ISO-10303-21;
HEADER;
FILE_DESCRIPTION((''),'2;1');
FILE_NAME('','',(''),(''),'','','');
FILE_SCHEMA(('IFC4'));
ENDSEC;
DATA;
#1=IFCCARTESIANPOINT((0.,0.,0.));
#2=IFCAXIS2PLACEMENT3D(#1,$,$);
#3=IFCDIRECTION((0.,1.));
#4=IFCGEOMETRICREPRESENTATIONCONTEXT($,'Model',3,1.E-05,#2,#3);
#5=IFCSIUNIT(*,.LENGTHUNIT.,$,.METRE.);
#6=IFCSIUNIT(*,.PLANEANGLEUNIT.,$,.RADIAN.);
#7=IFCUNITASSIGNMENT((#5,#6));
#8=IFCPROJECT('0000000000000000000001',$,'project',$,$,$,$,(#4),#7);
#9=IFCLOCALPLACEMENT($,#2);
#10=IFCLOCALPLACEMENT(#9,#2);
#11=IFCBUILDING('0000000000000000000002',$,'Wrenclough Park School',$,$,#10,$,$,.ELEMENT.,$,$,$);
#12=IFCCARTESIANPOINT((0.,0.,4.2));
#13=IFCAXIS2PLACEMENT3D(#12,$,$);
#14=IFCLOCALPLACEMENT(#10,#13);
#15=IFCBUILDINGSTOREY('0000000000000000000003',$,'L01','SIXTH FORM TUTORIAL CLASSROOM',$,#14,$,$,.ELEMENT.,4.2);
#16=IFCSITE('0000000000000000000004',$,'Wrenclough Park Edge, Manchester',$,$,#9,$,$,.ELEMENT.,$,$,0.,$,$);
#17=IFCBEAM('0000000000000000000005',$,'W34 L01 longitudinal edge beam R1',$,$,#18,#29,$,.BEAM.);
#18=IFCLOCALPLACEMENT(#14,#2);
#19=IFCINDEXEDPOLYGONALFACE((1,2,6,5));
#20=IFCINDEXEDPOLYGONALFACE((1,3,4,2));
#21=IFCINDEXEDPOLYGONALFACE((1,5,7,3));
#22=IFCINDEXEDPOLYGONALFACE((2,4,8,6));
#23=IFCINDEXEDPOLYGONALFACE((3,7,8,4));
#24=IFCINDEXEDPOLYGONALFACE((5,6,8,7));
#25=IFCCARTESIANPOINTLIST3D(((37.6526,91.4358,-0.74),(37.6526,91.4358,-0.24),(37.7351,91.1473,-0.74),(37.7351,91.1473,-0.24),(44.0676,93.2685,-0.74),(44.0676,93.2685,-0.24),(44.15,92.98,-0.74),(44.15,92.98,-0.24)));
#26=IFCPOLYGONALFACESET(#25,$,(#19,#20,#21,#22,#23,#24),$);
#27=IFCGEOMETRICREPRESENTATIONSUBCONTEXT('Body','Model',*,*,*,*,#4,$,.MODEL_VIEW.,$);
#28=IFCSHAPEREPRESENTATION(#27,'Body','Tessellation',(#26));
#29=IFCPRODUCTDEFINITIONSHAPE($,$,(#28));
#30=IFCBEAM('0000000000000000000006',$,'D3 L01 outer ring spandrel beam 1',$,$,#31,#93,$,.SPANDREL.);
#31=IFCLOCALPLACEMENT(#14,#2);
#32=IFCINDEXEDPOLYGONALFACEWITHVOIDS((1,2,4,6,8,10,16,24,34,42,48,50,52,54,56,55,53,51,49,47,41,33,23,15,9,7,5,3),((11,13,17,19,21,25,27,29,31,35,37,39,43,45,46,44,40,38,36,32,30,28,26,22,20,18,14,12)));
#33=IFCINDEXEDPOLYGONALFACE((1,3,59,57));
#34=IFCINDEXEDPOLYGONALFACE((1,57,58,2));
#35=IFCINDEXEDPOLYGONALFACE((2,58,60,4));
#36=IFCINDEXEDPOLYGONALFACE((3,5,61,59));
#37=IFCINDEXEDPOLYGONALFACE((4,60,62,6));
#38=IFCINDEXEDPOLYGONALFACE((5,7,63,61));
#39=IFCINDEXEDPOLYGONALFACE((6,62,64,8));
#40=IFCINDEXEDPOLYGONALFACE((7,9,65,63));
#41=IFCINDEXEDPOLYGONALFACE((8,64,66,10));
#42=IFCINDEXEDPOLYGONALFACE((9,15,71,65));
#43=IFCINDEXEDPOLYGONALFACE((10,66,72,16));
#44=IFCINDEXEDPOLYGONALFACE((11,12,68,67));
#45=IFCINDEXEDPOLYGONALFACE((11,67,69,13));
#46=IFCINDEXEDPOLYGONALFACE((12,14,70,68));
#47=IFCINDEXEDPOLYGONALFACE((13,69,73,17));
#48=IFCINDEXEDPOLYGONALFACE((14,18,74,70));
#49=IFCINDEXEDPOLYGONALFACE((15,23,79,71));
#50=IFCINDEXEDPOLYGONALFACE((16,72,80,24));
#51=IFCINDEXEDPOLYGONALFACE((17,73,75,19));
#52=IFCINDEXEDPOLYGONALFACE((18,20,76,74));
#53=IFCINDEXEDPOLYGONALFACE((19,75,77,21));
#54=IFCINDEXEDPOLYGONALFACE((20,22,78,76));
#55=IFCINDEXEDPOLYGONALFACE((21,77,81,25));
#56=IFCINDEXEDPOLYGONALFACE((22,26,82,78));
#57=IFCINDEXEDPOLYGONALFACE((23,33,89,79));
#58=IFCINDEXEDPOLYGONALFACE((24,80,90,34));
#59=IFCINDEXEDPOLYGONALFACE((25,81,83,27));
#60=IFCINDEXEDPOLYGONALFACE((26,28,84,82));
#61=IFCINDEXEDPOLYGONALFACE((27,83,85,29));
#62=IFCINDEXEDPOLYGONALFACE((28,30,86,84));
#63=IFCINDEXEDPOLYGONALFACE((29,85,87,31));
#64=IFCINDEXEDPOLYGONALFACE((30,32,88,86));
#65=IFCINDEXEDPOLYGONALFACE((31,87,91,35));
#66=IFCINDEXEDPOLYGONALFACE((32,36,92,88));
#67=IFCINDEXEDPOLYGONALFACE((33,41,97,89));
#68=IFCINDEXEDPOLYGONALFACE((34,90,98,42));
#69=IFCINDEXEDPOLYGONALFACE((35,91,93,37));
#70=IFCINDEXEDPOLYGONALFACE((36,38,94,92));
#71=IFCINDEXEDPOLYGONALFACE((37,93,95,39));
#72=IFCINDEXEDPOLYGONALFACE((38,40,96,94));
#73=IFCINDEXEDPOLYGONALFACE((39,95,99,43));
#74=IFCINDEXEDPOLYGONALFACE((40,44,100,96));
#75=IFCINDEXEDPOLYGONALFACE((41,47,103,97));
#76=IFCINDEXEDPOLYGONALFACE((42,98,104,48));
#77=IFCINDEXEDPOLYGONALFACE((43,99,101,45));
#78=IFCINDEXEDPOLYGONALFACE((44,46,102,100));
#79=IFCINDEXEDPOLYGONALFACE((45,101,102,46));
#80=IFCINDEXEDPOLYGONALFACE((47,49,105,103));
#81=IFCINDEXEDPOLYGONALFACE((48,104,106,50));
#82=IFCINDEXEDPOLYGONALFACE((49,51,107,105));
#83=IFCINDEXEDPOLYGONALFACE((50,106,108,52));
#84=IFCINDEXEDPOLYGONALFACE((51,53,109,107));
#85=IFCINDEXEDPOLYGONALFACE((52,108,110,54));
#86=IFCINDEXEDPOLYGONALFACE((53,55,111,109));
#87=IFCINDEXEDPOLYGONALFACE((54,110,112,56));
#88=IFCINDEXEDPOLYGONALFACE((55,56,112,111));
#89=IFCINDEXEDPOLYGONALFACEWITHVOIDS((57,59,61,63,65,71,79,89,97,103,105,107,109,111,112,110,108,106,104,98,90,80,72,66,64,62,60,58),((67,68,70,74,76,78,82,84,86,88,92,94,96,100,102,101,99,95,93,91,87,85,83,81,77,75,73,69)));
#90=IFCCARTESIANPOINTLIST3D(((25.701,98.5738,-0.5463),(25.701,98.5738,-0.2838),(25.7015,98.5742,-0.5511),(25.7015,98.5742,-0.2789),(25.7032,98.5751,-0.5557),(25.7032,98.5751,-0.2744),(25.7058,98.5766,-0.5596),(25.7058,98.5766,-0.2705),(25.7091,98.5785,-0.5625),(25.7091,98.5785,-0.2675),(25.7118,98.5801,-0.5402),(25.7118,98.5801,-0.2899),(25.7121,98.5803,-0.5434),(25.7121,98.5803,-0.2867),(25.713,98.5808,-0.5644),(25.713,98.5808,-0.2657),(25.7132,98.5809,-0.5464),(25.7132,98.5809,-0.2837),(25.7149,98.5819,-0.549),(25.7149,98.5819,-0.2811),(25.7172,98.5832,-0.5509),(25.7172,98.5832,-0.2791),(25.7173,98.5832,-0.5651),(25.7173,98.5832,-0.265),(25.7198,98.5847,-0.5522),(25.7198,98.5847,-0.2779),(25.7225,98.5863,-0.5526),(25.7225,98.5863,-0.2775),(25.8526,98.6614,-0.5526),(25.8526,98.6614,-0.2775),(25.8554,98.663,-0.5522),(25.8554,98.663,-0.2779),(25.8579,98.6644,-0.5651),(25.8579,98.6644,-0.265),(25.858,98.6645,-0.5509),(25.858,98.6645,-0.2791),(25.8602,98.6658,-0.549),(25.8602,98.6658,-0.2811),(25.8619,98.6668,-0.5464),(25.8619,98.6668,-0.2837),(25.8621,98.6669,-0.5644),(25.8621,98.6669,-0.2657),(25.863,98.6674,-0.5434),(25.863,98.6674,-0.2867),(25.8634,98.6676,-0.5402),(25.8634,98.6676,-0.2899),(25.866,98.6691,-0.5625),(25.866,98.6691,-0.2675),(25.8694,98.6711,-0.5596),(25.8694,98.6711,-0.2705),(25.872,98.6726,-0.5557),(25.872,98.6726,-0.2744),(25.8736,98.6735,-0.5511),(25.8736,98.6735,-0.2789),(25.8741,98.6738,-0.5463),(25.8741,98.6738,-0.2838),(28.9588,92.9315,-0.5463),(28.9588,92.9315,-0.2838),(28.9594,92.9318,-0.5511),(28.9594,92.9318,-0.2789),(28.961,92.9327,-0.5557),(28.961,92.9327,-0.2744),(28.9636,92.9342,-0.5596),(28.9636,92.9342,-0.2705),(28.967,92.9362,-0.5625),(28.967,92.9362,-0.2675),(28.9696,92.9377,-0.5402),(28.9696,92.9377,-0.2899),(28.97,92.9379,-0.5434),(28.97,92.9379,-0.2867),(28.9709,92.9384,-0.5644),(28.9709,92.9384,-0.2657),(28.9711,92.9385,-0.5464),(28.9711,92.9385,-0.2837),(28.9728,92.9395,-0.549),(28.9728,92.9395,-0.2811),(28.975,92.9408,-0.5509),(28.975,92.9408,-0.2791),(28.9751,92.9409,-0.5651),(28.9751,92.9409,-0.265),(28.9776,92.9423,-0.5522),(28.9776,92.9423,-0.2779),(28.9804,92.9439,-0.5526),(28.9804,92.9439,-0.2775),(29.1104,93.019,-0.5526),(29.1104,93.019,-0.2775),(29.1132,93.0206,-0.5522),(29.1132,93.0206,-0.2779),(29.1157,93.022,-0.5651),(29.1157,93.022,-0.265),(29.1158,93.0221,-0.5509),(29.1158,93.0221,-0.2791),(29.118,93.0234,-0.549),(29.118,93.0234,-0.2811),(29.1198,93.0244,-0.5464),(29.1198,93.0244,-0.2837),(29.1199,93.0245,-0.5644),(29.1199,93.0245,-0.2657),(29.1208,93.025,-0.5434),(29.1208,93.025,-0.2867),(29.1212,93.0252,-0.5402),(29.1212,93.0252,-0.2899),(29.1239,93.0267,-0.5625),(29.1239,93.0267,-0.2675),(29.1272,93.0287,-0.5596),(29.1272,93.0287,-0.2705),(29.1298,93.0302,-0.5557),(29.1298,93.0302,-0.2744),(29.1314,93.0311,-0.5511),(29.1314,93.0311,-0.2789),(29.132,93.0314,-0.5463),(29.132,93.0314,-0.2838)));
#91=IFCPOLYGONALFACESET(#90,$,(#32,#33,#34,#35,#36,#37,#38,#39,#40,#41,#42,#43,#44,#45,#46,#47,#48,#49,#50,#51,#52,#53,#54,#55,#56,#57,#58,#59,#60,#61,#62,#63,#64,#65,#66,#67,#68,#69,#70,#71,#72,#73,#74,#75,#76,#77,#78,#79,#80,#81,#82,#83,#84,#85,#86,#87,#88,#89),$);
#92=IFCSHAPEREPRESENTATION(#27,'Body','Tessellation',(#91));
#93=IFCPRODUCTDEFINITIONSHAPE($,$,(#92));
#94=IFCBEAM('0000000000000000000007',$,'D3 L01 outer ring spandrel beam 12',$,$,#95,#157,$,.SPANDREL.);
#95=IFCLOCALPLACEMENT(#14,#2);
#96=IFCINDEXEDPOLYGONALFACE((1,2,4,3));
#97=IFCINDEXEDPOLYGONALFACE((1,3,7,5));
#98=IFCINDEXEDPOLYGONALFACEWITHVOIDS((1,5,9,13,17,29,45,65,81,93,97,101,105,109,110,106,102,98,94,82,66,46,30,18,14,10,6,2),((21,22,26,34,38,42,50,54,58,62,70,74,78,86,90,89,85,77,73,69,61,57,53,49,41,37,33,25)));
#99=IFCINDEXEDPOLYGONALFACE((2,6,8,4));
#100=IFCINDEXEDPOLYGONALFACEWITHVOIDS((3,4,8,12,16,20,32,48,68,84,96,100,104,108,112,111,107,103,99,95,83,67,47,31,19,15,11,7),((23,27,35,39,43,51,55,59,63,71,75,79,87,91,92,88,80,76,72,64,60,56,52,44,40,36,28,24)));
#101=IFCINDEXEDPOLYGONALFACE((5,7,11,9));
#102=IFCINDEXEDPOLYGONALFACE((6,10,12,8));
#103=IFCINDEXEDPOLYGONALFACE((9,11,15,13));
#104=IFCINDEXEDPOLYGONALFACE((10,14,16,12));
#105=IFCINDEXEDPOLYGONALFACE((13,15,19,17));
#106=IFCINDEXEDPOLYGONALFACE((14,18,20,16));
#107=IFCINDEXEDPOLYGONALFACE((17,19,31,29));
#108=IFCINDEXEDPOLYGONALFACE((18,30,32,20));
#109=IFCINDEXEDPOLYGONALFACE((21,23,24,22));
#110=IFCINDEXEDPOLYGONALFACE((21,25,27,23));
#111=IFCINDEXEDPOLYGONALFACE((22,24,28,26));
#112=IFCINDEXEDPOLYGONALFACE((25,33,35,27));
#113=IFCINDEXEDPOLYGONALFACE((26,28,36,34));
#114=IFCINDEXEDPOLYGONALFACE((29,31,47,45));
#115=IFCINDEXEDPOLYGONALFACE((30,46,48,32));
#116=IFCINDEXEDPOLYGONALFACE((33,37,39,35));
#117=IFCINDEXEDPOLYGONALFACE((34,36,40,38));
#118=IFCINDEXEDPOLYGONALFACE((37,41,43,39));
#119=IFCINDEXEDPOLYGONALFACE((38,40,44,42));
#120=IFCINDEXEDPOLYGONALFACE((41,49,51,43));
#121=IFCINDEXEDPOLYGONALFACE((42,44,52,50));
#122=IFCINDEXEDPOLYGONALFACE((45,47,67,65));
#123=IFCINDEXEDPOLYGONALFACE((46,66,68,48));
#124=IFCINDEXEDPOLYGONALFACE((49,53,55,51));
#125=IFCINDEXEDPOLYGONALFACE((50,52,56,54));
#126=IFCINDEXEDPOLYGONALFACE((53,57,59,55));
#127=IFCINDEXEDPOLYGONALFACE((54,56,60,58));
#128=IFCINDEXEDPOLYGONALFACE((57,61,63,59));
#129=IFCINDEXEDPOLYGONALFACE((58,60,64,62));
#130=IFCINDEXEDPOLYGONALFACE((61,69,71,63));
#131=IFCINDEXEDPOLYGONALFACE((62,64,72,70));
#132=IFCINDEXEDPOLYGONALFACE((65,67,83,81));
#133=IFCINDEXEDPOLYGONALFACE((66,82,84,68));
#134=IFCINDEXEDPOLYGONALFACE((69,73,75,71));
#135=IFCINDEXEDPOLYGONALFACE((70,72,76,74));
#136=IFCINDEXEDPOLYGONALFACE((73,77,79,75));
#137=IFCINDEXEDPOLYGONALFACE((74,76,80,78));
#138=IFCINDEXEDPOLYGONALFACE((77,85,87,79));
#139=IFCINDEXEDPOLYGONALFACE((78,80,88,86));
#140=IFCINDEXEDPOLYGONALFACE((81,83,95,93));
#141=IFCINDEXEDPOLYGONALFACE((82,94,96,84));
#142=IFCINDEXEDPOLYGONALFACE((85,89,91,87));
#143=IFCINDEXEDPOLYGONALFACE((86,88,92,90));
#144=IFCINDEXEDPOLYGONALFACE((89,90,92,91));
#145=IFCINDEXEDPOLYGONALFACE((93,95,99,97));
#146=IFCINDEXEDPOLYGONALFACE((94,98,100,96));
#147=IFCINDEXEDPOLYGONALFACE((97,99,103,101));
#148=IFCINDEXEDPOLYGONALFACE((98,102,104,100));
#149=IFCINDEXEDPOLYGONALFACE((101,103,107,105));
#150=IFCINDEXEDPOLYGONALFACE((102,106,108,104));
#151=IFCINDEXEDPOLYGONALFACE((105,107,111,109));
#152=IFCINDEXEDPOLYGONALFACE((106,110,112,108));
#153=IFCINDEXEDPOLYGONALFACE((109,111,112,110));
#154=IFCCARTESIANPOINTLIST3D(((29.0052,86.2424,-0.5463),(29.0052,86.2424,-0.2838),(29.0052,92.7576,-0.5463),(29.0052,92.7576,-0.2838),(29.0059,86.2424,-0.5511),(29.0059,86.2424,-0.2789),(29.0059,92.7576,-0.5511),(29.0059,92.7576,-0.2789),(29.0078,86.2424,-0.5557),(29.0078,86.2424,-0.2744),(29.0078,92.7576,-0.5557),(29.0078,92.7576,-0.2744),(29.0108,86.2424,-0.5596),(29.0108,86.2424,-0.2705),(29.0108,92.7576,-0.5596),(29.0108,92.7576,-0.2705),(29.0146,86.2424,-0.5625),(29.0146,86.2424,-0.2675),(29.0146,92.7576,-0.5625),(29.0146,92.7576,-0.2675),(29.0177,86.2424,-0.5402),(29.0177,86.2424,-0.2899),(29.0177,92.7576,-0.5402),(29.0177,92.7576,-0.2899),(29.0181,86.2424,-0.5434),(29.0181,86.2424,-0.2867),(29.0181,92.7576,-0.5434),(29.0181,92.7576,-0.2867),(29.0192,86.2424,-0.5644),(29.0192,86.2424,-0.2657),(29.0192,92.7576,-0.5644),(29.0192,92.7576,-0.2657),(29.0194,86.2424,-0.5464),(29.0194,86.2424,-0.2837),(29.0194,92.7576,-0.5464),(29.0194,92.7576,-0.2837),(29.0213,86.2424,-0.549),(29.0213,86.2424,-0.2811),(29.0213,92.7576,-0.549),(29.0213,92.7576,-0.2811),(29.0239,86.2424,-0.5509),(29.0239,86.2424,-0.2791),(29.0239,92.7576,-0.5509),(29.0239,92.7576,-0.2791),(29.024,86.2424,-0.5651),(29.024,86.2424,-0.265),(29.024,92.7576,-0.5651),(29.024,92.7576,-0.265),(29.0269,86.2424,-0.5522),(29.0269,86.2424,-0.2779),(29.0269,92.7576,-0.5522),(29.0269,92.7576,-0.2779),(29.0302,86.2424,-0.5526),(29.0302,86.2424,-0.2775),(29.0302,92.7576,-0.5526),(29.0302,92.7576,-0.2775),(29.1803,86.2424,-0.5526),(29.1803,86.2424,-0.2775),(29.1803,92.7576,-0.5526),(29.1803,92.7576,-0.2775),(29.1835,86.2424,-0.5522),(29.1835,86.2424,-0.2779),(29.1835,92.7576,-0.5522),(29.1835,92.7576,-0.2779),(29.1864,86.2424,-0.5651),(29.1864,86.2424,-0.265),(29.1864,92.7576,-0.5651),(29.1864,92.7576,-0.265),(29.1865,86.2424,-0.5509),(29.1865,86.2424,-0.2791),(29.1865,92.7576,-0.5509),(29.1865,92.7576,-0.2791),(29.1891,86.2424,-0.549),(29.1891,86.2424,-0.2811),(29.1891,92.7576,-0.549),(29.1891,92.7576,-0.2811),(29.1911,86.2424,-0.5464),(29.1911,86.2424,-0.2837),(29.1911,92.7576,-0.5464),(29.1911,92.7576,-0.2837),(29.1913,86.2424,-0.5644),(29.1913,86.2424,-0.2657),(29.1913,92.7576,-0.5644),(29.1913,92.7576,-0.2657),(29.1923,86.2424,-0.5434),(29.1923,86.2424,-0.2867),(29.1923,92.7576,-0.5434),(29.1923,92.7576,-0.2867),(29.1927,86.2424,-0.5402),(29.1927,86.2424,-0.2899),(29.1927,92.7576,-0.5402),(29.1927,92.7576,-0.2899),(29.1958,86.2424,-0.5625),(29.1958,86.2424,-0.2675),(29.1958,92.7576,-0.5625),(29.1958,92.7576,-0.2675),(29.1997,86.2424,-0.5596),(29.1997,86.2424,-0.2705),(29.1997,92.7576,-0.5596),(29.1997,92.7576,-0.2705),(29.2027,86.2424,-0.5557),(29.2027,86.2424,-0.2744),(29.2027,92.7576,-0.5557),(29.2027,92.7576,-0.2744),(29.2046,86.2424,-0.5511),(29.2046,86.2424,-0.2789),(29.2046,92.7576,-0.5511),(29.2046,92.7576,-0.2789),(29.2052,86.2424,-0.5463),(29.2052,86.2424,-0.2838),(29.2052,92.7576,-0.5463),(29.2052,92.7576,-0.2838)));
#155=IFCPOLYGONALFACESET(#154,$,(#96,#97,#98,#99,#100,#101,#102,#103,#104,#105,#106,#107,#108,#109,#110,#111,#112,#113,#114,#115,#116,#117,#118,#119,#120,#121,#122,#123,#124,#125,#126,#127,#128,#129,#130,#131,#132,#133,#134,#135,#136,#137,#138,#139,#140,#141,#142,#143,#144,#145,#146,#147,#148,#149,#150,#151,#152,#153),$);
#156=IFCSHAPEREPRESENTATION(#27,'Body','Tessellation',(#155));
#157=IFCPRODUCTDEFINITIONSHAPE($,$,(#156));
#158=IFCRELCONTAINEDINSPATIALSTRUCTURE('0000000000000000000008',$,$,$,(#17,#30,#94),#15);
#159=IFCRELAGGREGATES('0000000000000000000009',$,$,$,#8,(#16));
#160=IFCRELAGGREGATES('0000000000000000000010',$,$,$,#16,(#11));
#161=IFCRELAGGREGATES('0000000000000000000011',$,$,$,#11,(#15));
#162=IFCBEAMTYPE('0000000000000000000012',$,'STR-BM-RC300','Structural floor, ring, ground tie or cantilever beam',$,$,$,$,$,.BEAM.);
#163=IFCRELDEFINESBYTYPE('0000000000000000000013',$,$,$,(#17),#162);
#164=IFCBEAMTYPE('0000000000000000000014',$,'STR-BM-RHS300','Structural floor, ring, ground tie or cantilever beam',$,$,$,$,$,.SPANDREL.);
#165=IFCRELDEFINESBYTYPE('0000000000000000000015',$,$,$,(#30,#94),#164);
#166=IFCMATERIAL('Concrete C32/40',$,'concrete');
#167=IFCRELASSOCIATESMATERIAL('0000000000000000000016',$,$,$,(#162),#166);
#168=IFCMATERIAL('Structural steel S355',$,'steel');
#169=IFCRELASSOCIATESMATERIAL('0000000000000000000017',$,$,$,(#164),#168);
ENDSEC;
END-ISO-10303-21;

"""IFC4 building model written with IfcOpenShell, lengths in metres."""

from ifc_helpers import new_model, si_unit, direction, frame, origin, origin_2d, place, context, subcontext, project, spatial, rectangle, hollow_rectangle, extrude, material, material_profile, profile_set, type_object, element, save


model = new_model("IFC4")

# Units and contexts
model_context = context("Model", 3, precision=1e-05, world=origin(), true_north=direction((0.0, 1.0)))
body_context = subcontext(model_context, "Body", "Model", "MODEL_VIEW")
ifc_project = project(units=[si_unit("LENGTHUNIT", "METRE"), si_unit("PLANEANGLEUNIT", "RADIAN")], contexts=[model_context])

# Site, building, storey
site_placement = place(None, origin())
site = spatial("IfcSite", under=ifc_project, at=site_placement, Name="Wrenclough Park Edge, Manchester", CompositionType="ELEMENT", RefElevation=0.0)
building_placement = place(site_placement, origin())
building = spatial("IfcBuilding", under=site, at=building_placement, Name="Wrenclough Park School", CompositionType="ELEMENT")
storey_placement = place(building_placement, frame((0.0, 0.0, 4.2)))
storey = spatial("IfcBuildingStorey", under=building, at=storey_placement, Name="L01", Description="SIXTH FORM TUTORIAL CLASSROOM", CompositionType="ELEMENT", Elevation=4.2)

# Shared definitions
ifc_material_1 = material(Name="Structural steel S355", Category="steel")

# Beams
ifc_material_2 = material(Name="Concrete C32/40", Category="concrete")
ifc_material_profile_1 = material_profile(ifc_material_2, rectangle(XDim=0.3, YDim=0.5, at=origin_2d()), Name="RC BEAM 300x500")
ifc_profile_set_1 = profile_set([ifc_material_profile_1], Name="Concrete C32/40")
beam_type_1 = type_object("IfcBeamType", Name="STR-BM-RC300", Description="Structural floor, ring, ground tie or cantilever beam", PredefinedType="BEAM", material=ifc_profile_set_1)
beam_1_placement = place(storey_placement, frame((37.6938, 91.2915, -0.49), z_axis=(0.961528, 0.274707, 0.0), x_axis=(-0.274707, 0.961528, 0.0)))
element("IfcBeam", 1, at=beam_1_placement, inside=storey, type_object=beam_type_1, Name="W34 L01 longitudinal edge beam R1", PredefinedType="BEAM", context=body_context, shape_type="SweptSolid", body=[
    extrude(rectangle(XDim=0.3, YDim=0.5, at=origin_2d()), origin(), (0.0, 0.0, 1.0), 6.6716),
])
ifc_material_profile_2 = material_profile(ifc_material_1, hollow_rectangle(XDim=0.2, YDim=0.3, WallThickness=0.0125, InnerFilletRadius=0.0125, OuterFilletRadius=0.0188, at=origin_2d()), Name="RHS 300x200x12.5")
ifc_profile_set_2 = profile_set([ifc_material_profile_2], Name="Structural steel S355")
beam_type_2 = type_object("IfcBeamType", Name="STR-BM-RHS300", Description="Structural floor, ring, ground tie or cantilever beam", PredefinedType="SPANDREL", material=ifc_profile_set_2)
beam_2_placement = place(storey_placement, frame((29.0454, 92.9814, -0.415), z_axis=(-0.500024, 0.866011, 0.0), x_axis=(-0.866011, -0.500024, 0.0)))
element("IfcBeam", 2, at=beam_2_placement, inside=storey, type_object=beam_type_2, Name="D3 L01 outer ring spandrel beam 1", PredefinedType="SPANDREL", context=body_context, shape_type="SweptSolid", body=[
    extrude(hollow_rectangle(XDim=0.2, YDim=0.3, WallThickness=0.0125, InnerFilletRadius=0.0125, OuterFilletRadius=0.0188, at=origin_2d()), origin(), (0.0, 0.0, 1.0), 6.5154),
])
beam_3_placement = place(storey_placement, frame((29.1052, 86.2424, -0.415), z_axis=(0.0, 1.0, 0.0), x_axis=(-1.0, 0.0, 0.0)))
element("IfcBeam", 3, at=beam_3_placement, inside=storey, type_object=beam_type_2, Name="D3 L01 outer ring spandrel beam 12", PredefinedType="SPANDREL", context=body_context, shape_type="SweptSolid", body=[
    extrude(hollow_rectangle(XDim=0.2, YDim=0.3, WallThickness=0.0125, InnerFilletRadius=0.0125, OuterFilletRadius=0.0188, at=origin_2d()), origin(), (0.0, 0.0, 1.0), 6.5151),
])

save(model, "model.ifc")
